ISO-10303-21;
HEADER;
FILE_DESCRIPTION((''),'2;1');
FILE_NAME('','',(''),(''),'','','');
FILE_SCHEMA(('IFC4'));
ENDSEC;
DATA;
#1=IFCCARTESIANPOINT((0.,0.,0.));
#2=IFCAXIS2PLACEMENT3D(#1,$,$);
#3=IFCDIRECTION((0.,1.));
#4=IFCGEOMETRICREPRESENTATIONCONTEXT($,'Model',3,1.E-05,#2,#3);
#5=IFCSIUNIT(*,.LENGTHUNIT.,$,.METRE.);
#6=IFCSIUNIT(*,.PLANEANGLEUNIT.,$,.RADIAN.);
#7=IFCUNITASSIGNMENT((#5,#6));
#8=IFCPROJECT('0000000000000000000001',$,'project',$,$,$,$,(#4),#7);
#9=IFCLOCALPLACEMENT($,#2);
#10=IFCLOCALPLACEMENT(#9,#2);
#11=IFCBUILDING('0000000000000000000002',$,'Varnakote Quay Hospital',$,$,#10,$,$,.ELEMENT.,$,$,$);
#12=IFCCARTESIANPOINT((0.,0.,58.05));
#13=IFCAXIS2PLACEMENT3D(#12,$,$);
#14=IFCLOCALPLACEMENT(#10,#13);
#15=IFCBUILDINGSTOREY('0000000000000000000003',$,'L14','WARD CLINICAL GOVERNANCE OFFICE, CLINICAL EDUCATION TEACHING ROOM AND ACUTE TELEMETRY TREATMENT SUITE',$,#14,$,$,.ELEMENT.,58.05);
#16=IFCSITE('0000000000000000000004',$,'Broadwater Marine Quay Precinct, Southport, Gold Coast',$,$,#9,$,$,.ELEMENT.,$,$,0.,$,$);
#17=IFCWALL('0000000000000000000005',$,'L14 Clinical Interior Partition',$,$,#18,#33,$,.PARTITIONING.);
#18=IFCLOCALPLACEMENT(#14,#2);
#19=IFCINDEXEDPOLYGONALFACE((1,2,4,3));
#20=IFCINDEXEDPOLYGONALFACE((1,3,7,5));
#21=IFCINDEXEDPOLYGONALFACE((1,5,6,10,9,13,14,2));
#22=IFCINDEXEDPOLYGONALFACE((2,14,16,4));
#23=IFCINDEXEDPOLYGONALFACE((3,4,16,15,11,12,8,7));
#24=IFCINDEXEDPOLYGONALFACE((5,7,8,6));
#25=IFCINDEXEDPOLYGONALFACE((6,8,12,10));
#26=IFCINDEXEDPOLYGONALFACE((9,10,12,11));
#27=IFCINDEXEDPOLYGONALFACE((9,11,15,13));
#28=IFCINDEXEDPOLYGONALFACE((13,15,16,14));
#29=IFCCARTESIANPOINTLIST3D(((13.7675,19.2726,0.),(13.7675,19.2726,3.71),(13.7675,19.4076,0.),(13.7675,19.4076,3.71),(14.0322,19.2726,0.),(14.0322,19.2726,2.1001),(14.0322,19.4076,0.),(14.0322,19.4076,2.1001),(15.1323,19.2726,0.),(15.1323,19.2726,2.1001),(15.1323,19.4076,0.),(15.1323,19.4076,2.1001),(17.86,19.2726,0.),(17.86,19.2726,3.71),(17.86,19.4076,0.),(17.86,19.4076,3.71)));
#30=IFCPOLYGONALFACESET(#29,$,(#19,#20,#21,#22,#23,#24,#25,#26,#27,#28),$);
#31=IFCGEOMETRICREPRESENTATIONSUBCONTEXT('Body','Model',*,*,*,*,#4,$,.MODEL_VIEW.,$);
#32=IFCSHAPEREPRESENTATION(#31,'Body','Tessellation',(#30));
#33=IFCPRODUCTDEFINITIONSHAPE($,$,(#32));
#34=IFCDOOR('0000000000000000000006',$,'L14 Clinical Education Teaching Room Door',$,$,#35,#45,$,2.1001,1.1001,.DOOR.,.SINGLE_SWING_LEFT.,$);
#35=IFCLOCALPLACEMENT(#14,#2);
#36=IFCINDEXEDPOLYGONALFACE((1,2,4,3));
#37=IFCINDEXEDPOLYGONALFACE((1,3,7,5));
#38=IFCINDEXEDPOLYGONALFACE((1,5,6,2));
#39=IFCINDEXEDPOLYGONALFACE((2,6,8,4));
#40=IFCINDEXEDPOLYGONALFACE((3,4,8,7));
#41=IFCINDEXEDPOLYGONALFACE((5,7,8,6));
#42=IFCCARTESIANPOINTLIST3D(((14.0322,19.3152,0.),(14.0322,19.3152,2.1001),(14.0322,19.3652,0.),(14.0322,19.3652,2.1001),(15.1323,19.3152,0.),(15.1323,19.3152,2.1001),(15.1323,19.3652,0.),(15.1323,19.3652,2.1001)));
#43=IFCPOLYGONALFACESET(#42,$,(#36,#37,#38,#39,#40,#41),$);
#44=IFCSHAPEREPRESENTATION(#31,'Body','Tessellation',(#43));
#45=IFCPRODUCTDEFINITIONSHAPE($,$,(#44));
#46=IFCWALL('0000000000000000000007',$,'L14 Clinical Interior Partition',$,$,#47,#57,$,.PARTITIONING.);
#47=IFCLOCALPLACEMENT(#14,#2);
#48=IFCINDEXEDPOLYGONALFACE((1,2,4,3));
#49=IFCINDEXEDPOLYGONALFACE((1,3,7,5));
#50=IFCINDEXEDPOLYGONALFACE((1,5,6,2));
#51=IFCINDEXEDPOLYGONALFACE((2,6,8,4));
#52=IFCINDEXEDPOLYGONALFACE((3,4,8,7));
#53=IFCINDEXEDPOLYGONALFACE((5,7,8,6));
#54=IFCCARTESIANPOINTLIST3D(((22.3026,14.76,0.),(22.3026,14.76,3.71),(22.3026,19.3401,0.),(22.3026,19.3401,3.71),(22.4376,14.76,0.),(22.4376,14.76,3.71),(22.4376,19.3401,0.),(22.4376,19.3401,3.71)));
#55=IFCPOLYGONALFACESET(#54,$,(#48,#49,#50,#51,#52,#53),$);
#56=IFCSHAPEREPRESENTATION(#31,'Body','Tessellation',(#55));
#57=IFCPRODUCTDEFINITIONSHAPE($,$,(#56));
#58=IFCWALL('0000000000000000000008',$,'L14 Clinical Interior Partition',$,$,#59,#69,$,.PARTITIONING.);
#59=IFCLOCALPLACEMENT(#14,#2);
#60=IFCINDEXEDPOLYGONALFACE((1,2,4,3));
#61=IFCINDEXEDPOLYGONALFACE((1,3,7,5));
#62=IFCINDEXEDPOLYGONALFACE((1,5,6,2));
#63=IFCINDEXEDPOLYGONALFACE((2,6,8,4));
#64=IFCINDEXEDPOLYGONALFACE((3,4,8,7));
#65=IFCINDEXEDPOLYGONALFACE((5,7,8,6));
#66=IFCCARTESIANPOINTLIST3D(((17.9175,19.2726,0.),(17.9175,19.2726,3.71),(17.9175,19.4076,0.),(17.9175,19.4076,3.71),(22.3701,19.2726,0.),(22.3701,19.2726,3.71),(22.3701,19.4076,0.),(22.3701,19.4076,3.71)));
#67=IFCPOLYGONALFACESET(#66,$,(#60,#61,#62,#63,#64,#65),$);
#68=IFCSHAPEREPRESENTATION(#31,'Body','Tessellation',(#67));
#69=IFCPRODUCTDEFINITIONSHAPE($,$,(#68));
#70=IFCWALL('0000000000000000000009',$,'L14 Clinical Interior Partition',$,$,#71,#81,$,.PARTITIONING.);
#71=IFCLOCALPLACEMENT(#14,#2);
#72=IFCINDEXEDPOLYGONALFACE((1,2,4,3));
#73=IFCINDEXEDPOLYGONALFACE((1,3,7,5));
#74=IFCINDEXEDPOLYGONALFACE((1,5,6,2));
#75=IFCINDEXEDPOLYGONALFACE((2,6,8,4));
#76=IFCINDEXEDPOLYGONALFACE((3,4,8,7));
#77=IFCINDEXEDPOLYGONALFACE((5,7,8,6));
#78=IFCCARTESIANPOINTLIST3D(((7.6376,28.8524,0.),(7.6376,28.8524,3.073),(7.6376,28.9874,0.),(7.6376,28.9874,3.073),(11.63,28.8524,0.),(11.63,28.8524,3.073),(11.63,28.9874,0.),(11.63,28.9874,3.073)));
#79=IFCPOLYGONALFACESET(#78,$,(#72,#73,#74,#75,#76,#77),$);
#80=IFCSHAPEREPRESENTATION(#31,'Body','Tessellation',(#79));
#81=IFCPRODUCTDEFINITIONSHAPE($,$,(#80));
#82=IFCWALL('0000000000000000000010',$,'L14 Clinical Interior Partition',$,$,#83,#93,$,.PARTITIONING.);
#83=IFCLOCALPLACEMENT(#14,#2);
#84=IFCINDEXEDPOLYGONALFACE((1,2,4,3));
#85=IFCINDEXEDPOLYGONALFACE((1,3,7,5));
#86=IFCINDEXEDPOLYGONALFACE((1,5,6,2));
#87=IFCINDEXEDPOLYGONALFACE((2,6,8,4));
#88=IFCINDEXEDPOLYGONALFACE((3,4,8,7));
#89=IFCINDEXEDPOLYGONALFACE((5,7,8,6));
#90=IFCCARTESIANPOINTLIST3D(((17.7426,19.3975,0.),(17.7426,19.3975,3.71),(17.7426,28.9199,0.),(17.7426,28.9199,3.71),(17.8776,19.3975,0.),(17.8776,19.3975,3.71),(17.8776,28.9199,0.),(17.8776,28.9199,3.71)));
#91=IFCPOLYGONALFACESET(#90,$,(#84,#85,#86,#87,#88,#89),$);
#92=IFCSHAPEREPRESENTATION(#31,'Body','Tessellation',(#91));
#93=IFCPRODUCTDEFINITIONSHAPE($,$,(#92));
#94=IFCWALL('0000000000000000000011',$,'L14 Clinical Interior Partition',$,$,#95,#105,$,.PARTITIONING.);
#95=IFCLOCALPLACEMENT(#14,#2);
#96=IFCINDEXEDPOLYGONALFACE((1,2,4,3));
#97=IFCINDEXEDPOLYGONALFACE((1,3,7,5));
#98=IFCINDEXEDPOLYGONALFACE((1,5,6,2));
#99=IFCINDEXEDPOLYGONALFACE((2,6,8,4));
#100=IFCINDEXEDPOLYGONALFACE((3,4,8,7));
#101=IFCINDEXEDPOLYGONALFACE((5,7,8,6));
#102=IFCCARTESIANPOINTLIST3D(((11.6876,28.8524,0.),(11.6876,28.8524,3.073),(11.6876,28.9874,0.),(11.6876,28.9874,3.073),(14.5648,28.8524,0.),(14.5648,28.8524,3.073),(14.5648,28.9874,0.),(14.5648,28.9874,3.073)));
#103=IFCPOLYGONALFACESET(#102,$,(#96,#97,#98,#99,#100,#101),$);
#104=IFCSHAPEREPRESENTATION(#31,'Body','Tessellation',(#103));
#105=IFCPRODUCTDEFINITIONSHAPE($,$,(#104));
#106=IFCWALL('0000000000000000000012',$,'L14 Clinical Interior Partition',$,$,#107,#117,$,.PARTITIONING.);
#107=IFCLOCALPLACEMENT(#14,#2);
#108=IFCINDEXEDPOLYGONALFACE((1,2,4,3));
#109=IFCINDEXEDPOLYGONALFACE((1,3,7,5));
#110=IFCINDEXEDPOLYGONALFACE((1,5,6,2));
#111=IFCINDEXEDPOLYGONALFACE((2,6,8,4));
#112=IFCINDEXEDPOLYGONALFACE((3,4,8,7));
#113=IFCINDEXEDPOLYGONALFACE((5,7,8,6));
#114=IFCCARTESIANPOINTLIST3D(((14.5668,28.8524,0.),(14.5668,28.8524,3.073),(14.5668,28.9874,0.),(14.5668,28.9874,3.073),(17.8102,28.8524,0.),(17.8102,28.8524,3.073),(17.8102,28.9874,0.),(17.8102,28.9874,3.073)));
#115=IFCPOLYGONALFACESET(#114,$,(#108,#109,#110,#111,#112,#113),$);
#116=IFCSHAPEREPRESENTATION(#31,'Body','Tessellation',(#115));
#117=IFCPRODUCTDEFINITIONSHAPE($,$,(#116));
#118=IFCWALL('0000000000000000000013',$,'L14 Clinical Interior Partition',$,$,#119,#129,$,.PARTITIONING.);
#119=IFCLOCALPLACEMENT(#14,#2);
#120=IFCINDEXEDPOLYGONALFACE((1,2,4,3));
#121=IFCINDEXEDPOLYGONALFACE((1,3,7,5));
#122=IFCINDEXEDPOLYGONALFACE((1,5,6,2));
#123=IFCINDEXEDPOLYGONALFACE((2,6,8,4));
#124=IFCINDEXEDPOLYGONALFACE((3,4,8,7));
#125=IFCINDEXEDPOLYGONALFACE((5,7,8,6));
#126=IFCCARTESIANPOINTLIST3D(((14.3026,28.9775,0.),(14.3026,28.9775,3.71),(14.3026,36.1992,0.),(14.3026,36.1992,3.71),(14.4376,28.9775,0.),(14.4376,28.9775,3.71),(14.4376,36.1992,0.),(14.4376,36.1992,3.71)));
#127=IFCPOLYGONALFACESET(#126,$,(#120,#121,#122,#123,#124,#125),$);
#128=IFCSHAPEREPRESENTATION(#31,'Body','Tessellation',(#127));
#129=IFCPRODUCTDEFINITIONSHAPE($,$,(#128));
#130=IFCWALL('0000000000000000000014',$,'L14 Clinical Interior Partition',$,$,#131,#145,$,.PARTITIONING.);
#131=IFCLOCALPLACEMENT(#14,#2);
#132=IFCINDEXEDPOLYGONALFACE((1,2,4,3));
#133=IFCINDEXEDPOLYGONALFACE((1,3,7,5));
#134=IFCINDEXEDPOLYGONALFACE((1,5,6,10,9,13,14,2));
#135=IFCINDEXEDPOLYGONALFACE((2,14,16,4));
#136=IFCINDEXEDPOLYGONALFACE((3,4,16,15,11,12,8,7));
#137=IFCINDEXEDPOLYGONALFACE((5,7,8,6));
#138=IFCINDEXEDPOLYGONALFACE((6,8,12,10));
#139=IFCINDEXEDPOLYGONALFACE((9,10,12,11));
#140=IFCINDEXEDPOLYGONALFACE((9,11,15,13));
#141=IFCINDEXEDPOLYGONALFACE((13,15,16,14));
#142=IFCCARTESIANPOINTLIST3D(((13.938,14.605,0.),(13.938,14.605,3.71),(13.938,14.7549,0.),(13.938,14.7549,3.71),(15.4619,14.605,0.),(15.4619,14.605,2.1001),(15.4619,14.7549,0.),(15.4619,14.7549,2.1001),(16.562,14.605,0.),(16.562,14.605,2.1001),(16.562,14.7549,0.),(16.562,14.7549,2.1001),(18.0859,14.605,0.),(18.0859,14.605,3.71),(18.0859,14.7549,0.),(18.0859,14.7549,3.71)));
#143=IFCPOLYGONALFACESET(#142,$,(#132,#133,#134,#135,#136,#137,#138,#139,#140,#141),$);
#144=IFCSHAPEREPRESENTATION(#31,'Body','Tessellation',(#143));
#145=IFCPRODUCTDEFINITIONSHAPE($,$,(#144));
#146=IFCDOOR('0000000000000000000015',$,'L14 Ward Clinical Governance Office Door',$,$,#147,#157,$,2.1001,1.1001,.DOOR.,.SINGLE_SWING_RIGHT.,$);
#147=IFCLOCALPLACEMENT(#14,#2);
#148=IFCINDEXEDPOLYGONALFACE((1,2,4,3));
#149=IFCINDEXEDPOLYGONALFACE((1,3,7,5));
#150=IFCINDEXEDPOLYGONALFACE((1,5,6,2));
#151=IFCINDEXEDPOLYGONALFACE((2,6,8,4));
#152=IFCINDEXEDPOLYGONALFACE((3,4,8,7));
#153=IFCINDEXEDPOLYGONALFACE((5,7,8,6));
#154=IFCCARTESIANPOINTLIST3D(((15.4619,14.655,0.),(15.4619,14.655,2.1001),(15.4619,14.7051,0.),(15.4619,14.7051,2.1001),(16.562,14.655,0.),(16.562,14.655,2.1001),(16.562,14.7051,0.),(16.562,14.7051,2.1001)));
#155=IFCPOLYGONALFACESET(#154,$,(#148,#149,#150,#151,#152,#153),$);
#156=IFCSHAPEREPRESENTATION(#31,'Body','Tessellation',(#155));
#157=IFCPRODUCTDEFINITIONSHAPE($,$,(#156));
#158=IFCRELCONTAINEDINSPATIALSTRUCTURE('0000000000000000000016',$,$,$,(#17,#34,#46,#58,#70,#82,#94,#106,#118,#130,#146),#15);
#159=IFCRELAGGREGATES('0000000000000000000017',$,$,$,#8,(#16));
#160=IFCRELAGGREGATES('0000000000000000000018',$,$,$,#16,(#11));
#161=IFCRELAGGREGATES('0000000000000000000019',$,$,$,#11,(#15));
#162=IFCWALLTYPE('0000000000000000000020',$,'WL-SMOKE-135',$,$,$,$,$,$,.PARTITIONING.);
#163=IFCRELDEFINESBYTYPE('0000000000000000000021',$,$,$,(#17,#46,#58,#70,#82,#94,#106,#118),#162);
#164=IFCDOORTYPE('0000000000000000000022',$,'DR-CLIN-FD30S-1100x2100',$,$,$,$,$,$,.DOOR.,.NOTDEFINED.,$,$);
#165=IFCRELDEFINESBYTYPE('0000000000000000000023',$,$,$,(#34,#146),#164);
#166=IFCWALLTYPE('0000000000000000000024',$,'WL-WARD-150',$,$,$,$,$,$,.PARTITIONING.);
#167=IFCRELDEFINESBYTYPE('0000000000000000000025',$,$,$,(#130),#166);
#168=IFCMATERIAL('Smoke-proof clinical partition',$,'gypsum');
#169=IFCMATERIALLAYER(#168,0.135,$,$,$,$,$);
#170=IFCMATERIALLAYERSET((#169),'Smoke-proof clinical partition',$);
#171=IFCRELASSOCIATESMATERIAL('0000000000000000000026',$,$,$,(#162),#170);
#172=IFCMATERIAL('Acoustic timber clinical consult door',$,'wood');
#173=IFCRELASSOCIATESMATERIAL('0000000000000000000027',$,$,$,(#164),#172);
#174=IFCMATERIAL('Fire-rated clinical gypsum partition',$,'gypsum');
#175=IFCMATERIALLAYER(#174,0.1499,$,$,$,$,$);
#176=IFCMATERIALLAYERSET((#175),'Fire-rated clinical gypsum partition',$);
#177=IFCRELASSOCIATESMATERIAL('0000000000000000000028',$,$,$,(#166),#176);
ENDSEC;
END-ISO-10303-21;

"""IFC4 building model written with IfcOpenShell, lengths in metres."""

from ifc_helpers import new_model, si_unit, direction, frame, frame_2d, origin, place, context, subcontext, project, spatial, rectangle, extrude, material, layer, layer_set, type_object, element, fill, save


model = new_model("IFC4")

# Units and contexts
model_context = context("Model", 3, precision=1e-05, world=origin(), true_north=direction((0.0, 1.0)))
body_context = subcontext(model_context, "Body", "Model", "MODEL_VIEW")
ifc_project = project(units=[si_unit("LENGTHUNIT", "METRE"), si_unit("PLANEANGLEUNIT", "RADIAN")], contexts=[model_context])

# Site, building, storey
site_placement = place(None, origin())
site = spatial("IfcSite", under=ifc_project, at=site_placement, Name="Broadwater Marine Quay Precinct, Southport, Gold Coast", CompositionType="ELEMENT", RefElevation=0.0)
building_placement = place(site_placement, origin())
building = spatial("IfcBuilding", under=site, at=building_placement, Name="Varnakote Quay Hospital", CompositionType="ELEMENT")
storey_placement = place(building_placement, frame((0.0, 0.0, 58.05)))
storey = spatial("IfcBuildingStorey", under=building, at=storey_placement, Name="L14", Description="WARD CLINICAL GOVERNANCE OFFICE, CLINICAL EDUCATION TEACHING ROOM AND ACUTE TELEMETRY TREATMENT SUITE", CompositionType="ELEMENT", Elevation=58.05)

# Shared definitions
ifc_material_1 = material(Name="Smoke-proof clinical partition", Category="gypsum")
ifc_layer_1 = layer(ifc_material_1, 0.135)
ifc_layer_set_1 = layer_set([ifc_layer_1], Name="Smoke-proof clinical partition")
wall_type_1 = type_object("IfcWallType", Name="WL-SMOKE-135", PredefinedType="PARTITIONING", material=ifc_layer_set_1)

# Wall, opening, door
wall_1_placement = place(storey_placement, frame((17.8601, 19.3401, 0.0), z_axis=(0.0, 0.0, 1.0), x_axis=(-1.0, 0.0, 0.0)))
wall_1 = element("IfcWall", 1, at=wall_1_placement, inside=storey, type_object=wall_type_1, Name="L14 Clinical Interior Partition", PredefinedType="PARTITIONING", context=body_context, shape_type="SweptSolid", body=[
    extrude(rectangle(XDim=4.0925, YDim=0.135, at=frame_2d((2.0464, 0.0))), origin(), (0.0, 0.0, 1.0), 3.71),
])
opening_1_placement = place(wall_1_placement, frame((2.7278, 0.0, 0.0)))
opening_1 = element("IfcOpeningElement", 2, at=opening_1_placement, cuts=wall_1, PredefinedType="OPENING", context=body_context, shape_type="SweptSolid", body=[
    extrude(rectangle(XDim=1.1001, YDim=2.1001, at=frame_2d((0.55, 1.05))), frame((0.0, 0.0774, 0.0), z_axis=(0.0, -1.0, 0.0), x_axis=(1.0, 0.0, 0.0)), (0.0, 0.0, 1.0), 0.155),
])
ifc_material_2 = material(Name="Acoustic timber clinical consult door", Category="wood")
door_type_1 = type_object("IfcDoorType", Name="DR-CLIN-FD30S-1100x2100", OperationType="NOTDEFINED", PredefinedType="DOOR", material=ifc_material_2)
door_1_placement = place(opening_1_placement, origin())
door_1 = element("IfcDoor", 3, at=door_1_placement, inside=storey, type_object=door_type_1, Name="L14 Clinical Education Teaching Room Door", OperationType="SINGLE_SWING_LEFT", OverallHeight=2.1001, OverallWidth=1.1001, PredefinedType="DOOR", context=body_context, shape_type="SweptSolid", body=[
    extrude(rectangle(XDim=1.1001, YDim=2.1001, at=frame_2d((0.55, 1.05))), frame((0.0, 0.0249, 0.0), z_axis=(0.0, -1.0, 0.0), x_axis=(1.0, 0.0, 0.0)), (0.0, 0.0, 1.0), 0.05),
])
fill(opening_1, door_1)

# Walls
wall_2_placement = place(storey_placement, frame((22.3701, 14.76, 0.0), z_axis=(0.0, 0.0, 1.0), x_axis=(0.0, 1.0, 0.0)))
element("IfcWall", 4, at=wall_2_placement, inside=storey, type_object=wall_type_1, Name="L14 Clinical Interior Partition", PredefinedType="PARTITIONING", context=body_context, shape_type="SweptSolid", body=[
    extrude(rectangle(XDim=4.5801, YDim=0.135, at=frame_2d((2.29, 0.0))), origin(), (0.0, 0.0, 1.0), 3.71),
])
wall_3_placement = place(storey_placement, frame((22.3701, 19.3401, 0.0), z_axis=(0.0, 0.0, 1.0), x_axis=(-1.0, 0.0, 0.0)))
element("IfcWall", 5, at=wall_3_placement, inside=storey, type_object=wall_type_1, Name="L14 Clinical Interior Partition", PredefinedType="PARTITIONING", context=body_context, shape_type="SweptSolid", body=[
    extrude(rectangle(XDim=4.4526, YDim=0.135, at=frame_2d((2.2263, 0.0))), origin(), (0.0, 0.0, 1.0), 3.71),
])
wall_4_placement = place(storey_placement, frame((11.6299, 28.9199, 0.0), z_axis=(0.0, 0.0, 1.0), x_axis=(-1.0, 0.0, 0.0)))
element("IfcWall", 6, at=wall_4_placement, inside=storey, type_object=wall_type_1, Name="L14 Clinical Interior Partition", PredefinedType="PARTITIONING", context=body_context, shape_type="SweptSolid", body=[
    extrude(rectangle(XDim=3.9924, YDim=0.135, at=frame_2d((1.9961, 0.0))), origin(), (0.0, 0.0, 1.0), 3.073),
])
wall_5_placement = place(storey_placement, frame((17.8101, 19.3975, 0.0), z_axis=(0.0, 0.0, 1.0), x_axis=(0.0, 1.0, 0.0)))
element("IfcWall", 7, at=wall_5_placement, inside=storey, type_object=wall_type_1, Name="L14 Clinical Interior Partition", PredefinedType="PARTITIONING", context=body_context, shape_type="SweptSolid", body=[
    extrude(rectangle(XDim=9.5225, YDim=0.135, at=frame_2d((4.7612, 0.0))), origin(), (0.0, 0.0, 1.0), 3.71),
])
wall_6_placement = place(storey_placement, frame((14.5647, 28.9199, 0.0), z_axis=(0.0, 0.0, 1.0), x_axis=(-1.0, 0.0, 0.0)))
element("IfcWall", 8, at=wall_6_placement, inside=storey, type_object=wall_type_1, Name="L14 Clinical Interior Partition", PredefinedType="PARTITIONING", context=body_context, shape_type="SweptSolid", body=[
    extrude(rectangle(XDim=2.8772, YDim=0.135, at=frame_2d((1.4385, 0.0))), origin(), (0.0, 0.0, 1.0), 3.073),
])
wall_7_placement = place(storey_placement, frame((17.8101, 28.9199, 0.0), z_axis=(0.0, 0.0, 1.0), x_axis=(-1.0, 0.0, 0.0)))
element("IfcWall", 9, at=wall_7_placement, inside=storey, type_object=wall_type_1, Name="L14 Clinical Interior Partition", PredefinedType="PARTITIONING", context=body_context, shape_type="SweptSolid", body=[
    extrude(rectangle(XDim=3.2434, YDim=0.135, at=frame_2d((1.6216, 0.0))), origin(), (0.0, 0.0, 1.0), 3.073),
])
wall_8_placement = place(storey_placement, frame((14.3701, 28.9775, 0.0), z_axis=(0.0, 0.0, 1.0), x_axis=(0.0, 1.0, 0.0)))
element("IfcWall", 10, at=wall_8_placement, inside=storey, type_object=wall_type_1, Name="L14 Clinical Interior Partition", PredefinedType="PARTITIONING", context=body_context, shape_type="SweptSolid", body=[
    extrude(rectangle(XDim=7.2217, YDim=0.135, at=frame_2d((3.6108, 0.0))), origin(), (0.0, 0.0, 1.0), 3.71),
])

# Wall, opening, door
ifc_material_3 = material(Name="Fire-rated clinical gypsum partition", Category="gypsum")
ifc_layer_2 = layer(ifc_material_3, 0.1499)
ifc_layer_set_2 = layer_set([ifc_layer_2], Name="Fire-rated clinical gypsum partition")
wall_type_2 = type_object("IfcWallType", Name="WL-WARD-150", PredefinedType="PARTITIONING", material=ifc_layer_set_2)
wall_9_placement = place(storey_placement, frame((18.0859, 14.6799, 0.0), z_axis=(0.0, 0.0, 1.0), x_axis=(-1.0, 0.0, 0.0)))
wall_9 = element("IfcWall", 11, at=wall_9_placement, inside=storey, type_object=wall_type_2, Name="L14 Clinical Interior Partition", PredefinedType="PARTITIONING", context=body_context, shape_type="SweptSolid", body=[
    extrude(rectangle(XDim=4.1479, YDim=0.1499, at=frame_2d((2.074, 0.0))), origin(), (0.0, 0.0, 1.0), 3.71),
])
opening_2_placement = place(wall_9_placement, frame((1.5239, 0.0, 0.0)))
opening_2 = element("IfcOpeningElement", 12, at=opening_2_placement, cuts=wall_9, PredefinedType="OPENING", context=body_context, shape_type="SweptSolid", body=[
    extrude(rectangle(XDim=1.1001, YDim=2.1001, at=frame_2d((0.55, 1.05))), frame((0.0, 0.085, 0.0), z_axis=(0.0, -1.0, 0.0), x_axis=(1.0, 0.0, 0.0)), (0.0, 0.0, 1.0), 0.1699),
])
door_2_placement = place(opening_2_placement, origin())
door_2 = element("IfcDoor", 13, at=door_2_placement, inside=storey, type_object=door_type_1, Name="L14 Ward Clinical Governance Office Door", OperationType="SINGLE_SWING_RIGHT", OverallHeight=2.1001, OverallWidth=1.1001, PredefinedType="DOOR", context=body_context, shape_type="SweptSolid", body=[
    extrude(rectangle(XDim=1.1001, YDim=2.1001, at=frame_2d((0.55, 1.05))), frame((0.0, 0.0249, 0.0), z_axis=(0.0, -1.0, 0.0), x_axis=(1.0, 0.0, 0.0)), (0.0, 0.0, 1.0), 0.05),
])
fill(opening_2, door_2)

save(model, "model.ifc")
